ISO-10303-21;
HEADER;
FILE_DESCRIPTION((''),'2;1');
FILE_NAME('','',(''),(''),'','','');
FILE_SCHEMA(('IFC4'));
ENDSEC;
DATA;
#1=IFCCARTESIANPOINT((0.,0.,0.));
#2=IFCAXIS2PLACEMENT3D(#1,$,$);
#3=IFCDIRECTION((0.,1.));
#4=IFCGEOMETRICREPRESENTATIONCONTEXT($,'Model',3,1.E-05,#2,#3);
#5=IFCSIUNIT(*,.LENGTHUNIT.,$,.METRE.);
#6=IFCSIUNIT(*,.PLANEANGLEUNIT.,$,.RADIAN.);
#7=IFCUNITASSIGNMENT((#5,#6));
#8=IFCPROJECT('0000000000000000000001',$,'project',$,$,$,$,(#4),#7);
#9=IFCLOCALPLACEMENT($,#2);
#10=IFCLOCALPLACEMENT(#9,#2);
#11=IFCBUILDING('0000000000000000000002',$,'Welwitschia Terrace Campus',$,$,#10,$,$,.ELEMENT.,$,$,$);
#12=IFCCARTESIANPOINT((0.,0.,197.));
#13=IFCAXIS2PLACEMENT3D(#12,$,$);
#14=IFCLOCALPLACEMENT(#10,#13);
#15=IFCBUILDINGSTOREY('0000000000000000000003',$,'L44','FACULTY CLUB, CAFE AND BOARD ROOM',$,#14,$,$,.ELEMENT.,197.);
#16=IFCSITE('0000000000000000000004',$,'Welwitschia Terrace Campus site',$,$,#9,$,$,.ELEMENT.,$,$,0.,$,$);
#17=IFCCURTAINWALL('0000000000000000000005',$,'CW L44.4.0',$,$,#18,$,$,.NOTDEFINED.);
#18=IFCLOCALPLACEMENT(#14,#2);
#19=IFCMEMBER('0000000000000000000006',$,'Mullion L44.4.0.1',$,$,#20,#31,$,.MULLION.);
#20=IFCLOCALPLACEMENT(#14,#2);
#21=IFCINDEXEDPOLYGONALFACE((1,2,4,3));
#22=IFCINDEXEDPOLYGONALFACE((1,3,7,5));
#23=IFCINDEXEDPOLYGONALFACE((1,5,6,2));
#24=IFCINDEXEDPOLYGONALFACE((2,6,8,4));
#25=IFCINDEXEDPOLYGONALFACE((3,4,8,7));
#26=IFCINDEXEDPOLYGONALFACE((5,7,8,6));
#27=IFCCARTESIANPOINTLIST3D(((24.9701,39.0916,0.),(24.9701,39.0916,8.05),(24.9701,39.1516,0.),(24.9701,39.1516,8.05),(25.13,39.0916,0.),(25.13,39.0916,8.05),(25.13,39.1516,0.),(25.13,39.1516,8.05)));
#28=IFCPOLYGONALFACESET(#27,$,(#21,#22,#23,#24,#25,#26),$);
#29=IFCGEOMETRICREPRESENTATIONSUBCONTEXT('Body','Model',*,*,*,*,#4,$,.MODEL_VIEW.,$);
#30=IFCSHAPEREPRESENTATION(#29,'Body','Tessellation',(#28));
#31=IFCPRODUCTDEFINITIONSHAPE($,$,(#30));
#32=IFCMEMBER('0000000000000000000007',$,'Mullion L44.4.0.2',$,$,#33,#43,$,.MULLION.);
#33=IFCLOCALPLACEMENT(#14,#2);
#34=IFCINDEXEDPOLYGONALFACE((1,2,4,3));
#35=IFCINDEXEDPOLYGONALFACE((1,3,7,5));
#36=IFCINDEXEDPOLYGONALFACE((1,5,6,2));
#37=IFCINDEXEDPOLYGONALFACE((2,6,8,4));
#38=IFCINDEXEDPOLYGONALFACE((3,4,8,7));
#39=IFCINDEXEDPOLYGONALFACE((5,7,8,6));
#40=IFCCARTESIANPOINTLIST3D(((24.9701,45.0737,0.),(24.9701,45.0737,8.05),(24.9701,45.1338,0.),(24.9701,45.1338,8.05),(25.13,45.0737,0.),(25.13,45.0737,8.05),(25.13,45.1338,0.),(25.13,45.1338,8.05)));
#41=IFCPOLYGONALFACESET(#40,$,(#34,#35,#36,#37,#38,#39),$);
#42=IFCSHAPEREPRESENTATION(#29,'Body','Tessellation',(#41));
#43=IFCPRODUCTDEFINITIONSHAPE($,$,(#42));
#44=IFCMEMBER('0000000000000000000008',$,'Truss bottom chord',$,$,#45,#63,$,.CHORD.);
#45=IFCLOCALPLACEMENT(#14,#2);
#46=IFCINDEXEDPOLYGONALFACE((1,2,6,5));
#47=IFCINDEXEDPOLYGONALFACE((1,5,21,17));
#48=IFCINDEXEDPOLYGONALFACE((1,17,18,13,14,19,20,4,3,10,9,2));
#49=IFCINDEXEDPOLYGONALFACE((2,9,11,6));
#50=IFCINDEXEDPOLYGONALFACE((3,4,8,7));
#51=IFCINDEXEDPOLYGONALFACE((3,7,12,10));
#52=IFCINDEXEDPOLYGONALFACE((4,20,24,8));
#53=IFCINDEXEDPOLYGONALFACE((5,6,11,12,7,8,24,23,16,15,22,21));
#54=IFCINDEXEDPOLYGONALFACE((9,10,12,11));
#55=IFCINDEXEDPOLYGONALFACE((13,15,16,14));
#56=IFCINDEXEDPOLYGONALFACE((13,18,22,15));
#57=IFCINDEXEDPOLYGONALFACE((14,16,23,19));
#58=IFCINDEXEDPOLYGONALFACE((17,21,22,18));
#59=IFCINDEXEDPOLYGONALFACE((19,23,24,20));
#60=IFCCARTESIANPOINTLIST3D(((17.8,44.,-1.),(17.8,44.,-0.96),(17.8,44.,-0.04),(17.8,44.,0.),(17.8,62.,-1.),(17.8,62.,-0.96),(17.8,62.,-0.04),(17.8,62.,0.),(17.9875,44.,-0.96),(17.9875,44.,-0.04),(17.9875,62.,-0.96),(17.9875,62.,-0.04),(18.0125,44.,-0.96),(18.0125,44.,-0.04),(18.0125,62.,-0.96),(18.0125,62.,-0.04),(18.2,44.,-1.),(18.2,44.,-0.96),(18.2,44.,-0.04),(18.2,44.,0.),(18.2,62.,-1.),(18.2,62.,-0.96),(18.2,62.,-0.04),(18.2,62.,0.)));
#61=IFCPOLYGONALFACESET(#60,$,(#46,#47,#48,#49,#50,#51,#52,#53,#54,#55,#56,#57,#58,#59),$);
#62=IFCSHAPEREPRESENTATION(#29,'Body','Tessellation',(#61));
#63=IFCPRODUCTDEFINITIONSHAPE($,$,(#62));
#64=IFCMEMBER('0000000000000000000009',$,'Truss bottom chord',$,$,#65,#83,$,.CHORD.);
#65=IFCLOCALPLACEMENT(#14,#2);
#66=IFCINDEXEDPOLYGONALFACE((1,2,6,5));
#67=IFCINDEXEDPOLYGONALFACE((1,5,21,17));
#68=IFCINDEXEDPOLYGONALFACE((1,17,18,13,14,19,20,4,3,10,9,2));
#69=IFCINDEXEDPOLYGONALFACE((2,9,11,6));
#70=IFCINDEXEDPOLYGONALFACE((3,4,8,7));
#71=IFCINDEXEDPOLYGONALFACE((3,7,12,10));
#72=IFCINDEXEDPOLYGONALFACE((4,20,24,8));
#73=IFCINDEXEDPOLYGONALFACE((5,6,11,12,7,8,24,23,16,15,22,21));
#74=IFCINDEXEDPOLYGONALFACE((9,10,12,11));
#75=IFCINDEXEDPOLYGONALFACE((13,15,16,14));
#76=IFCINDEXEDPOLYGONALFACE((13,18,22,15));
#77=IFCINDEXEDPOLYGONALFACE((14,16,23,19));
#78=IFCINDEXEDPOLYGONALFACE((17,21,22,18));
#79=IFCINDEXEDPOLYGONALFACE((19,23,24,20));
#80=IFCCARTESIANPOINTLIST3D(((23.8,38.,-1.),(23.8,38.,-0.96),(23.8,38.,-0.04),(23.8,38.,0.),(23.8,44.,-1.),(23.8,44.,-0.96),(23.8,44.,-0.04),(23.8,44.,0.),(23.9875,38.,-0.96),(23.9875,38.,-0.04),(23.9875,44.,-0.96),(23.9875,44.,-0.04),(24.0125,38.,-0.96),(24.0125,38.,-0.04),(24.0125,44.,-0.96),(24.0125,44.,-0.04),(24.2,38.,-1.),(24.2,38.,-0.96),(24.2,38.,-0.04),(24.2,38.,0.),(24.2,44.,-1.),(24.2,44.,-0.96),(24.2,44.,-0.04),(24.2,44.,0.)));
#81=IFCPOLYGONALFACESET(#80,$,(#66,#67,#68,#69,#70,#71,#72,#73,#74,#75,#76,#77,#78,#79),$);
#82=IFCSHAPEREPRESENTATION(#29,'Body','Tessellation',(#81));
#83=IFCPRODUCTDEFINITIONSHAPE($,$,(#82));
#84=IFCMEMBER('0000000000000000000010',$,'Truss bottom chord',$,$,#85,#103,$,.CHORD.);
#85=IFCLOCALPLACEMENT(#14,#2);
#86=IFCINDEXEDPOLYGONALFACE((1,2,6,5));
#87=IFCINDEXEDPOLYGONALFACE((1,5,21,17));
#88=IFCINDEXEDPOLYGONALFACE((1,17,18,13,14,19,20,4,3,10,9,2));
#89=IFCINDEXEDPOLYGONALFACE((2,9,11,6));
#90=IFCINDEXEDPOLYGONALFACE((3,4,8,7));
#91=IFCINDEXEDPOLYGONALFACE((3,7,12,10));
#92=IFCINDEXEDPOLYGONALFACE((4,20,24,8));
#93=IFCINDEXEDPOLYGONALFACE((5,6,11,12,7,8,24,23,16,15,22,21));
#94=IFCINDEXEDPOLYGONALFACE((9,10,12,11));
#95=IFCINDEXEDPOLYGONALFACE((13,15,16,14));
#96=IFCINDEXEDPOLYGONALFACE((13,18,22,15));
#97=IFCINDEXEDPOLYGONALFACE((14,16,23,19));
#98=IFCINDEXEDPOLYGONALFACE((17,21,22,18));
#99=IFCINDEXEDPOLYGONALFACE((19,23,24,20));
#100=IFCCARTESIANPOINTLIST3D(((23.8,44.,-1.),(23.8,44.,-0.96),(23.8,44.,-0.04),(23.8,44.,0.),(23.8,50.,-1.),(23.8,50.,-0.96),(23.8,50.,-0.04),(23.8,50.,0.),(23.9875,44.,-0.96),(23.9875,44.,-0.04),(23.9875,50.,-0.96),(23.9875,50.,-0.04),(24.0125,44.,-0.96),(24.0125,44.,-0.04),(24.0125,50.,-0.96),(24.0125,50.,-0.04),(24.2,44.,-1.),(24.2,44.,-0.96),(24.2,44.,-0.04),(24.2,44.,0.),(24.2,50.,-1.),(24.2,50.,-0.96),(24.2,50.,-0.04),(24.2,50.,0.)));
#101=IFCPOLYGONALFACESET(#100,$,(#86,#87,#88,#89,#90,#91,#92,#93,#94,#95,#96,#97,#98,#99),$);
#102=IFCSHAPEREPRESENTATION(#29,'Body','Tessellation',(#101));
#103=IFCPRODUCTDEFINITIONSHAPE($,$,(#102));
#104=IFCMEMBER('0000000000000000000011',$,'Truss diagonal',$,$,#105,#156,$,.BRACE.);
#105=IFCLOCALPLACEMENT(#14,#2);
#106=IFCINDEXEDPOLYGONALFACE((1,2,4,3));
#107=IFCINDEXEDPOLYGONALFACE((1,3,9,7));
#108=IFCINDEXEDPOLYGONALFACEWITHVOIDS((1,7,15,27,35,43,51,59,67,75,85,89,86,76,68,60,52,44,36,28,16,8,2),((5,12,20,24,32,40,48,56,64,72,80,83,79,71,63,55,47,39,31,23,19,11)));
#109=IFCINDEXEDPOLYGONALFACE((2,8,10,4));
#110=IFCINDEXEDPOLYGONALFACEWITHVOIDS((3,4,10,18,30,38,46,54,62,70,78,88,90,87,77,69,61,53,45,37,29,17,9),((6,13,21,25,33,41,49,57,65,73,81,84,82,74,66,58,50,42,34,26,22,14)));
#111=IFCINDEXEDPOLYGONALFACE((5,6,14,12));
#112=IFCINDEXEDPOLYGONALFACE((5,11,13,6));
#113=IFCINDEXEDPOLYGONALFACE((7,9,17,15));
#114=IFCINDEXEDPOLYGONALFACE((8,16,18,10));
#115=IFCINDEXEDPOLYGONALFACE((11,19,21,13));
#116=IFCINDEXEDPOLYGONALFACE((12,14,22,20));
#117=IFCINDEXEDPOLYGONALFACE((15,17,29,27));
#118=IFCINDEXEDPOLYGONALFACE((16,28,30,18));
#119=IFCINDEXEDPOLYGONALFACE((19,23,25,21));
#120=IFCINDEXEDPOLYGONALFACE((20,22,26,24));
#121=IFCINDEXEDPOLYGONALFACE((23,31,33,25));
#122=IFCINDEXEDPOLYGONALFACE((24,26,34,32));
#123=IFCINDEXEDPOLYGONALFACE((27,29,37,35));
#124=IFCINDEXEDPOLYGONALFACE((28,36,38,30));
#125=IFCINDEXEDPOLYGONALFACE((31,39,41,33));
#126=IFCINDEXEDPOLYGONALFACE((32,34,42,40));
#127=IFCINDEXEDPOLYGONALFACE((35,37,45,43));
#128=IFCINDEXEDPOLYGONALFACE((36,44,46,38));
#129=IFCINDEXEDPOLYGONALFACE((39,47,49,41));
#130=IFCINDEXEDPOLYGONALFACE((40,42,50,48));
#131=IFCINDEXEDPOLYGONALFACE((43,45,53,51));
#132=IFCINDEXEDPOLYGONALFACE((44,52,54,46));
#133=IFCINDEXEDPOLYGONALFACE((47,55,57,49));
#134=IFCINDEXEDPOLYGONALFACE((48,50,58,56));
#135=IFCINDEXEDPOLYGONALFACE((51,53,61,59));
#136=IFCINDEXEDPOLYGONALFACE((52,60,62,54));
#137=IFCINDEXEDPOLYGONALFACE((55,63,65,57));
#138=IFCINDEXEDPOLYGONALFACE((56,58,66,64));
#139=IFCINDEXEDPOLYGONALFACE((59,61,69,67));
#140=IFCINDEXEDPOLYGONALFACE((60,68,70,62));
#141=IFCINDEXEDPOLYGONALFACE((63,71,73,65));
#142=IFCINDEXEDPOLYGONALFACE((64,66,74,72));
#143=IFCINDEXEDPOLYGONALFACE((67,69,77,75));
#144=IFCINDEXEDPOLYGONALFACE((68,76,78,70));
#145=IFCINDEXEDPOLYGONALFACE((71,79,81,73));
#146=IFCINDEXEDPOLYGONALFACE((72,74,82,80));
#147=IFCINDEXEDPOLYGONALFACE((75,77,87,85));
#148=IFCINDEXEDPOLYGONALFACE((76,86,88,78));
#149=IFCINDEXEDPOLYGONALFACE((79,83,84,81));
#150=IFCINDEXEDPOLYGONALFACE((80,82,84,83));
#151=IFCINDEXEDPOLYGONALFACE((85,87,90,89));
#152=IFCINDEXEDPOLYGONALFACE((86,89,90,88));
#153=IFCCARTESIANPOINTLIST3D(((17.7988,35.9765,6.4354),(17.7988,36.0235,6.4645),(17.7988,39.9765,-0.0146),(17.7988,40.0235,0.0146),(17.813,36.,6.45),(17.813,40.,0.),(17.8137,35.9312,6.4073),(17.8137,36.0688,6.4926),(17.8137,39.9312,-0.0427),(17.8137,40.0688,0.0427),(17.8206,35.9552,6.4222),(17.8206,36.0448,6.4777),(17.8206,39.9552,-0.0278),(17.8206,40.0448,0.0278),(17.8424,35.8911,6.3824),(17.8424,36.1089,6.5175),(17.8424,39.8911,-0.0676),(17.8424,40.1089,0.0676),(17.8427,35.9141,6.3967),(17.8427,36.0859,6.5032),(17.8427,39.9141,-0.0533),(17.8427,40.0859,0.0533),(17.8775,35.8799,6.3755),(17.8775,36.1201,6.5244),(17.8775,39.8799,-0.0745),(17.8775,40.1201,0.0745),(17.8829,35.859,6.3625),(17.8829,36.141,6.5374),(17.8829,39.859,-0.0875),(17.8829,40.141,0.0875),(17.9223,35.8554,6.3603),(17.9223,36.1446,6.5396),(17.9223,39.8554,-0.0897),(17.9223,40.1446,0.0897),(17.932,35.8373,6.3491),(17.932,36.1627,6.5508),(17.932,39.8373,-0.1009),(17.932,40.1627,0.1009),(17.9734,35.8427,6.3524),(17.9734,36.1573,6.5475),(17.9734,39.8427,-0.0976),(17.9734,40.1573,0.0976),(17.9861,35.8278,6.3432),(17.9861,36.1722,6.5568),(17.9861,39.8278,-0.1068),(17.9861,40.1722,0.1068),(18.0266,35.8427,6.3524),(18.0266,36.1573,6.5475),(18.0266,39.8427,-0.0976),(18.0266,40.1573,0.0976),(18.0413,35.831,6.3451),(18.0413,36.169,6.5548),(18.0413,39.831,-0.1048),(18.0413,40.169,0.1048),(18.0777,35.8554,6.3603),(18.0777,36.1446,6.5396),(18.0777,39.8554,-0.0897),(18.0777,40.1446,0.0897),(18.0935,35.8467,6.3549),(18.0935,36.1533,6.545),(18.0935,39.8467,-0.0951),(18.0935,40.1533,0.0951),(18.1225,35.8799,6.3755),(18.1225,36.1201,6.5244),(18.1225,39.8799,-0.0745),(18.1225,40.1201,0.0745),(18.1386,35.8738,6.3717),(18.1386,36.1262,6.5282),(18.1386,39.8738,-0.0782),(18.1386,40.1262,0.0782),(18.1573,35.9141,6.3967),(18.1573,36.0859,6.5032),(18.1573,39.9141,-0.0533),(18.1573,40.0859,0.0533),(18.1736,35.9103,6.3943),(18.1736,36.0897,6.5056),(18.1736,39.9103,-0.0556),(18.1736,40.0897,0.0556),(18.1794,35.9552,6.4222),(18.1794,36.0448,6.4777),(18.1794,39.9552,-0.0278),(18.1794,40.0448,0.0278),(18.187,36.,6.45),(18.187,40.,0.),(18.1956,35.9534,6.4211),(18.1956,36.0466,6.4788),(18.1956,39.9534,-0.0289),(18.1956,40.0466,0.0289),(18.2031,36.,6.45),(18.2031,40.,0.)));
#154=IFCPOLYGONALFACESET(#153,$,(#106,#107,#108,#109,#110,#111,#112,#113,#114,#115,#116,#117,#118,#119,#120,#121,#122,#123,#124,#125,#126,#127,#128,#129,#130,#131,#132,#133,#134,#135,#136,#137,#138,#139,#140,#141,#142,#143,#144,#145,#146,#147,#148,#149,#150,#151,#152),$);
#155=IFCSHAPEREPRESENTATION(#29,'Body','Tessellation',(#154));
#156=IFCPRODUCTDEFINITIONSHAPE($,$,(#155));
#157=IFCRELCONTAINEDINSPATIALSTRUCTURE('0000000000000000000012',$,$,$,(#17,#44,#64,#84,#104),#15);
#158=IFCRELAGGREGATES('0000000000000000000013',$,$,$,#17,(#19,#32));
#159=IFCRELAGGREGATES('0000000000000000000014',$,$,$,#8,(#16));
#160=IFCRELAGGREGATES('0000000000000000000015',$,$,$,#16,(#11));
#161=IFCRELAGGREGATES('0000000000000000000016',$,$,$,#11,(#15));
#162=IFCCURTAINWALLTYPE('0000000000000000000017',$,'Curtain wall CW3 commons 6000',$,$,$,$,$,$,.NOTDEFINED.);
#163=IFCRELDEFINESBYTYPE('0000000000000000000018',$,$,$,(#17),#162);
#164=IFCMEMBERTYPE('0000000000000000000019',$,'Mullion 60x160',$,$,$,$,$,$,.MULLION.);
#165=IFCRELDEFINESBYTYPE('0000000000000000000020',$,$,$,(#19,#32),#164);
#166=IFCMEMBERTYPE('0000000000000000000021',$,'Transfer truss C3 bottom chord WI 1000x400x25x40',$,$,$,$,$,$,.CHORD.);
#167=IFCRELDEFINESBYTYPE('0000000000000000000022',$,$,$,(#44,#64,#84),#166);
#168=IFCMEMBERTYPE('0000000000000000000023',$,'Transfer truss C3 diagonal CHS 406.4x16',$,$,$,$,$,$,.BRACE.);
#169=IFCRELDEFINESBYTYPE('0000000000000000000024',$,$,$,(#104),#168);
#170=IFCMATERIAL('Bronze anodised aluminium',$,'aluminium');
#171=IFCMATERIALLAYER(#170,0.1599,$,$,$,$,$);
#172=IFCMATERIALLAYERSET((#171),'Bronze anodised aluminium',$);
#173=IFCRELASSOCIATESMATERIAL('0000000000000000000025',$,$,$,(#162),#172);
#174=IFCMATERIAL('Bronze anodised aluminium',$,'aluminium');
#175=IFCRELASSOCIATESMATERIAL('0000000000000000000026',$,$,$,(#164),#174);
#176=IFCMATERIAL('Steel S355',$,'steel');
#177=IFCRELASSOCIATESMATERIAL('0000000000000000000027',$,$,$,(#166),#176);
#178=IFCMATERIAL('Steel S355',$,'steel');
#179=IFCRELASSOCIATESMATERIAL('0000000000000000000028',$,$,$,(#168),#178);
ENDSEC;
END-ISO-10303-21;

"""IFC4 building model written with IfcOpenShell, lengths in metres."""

from ifc_helpers import new_model, si_unit, direction, frame, origin, origin_2d, place, context, subcontext, project, spatial, rectangle, hollow_circle, i_section, extrude, material, layer, layer_set, material_profile, profile_set, type_object, element, aggregate, save


model = new_model("IFC4")

# Units and contexts
model_context = context("Model", 3, precision=1e-05, world=origin(), true_north=direction((0.0, 1.0)))
body_context = subcontext(model_context, "Body", "Model", "MODEL_VIEW")
ifc_project = project(units=[si_unit("LENGTHUNIT", "METRE"), si_unit("PLANEANGLEUNIT", "RADIAN")], contexts=[model_context])

# Site, building, storey
site_placement = place(None, origin())
site = spatial("IfcSite", under=ifc_project, at=site_placement, Name="Welwitschia Terrace Campus site", CompositionType="ELEMENT", RefElevation=0.0)
building_placement = place(site_placement, origin())
building = spatial("IfcBuilding", under=site, at=building_placement, Name="Welwitschia Terrace Campus", CompositionType="ELEMENT")
storey_placement = place(building_placement, frame((0.0, 0.0, 197.0)))
storey = spatial("IfcBuildingStorey", under=building, at=storey_placement, Name="L44", Description="FACULTY CLUB, CAFE AND BOARD ROOM", CompositionType="ELEMENT", Elevation=197.0)

# Curtain wall, members
ifc_material_1 = material(Name="Bronze anodised aluminium", Category="aluminium")
ifc_layer_1 = layer(ifc_material_1, 0.1599)
ifc_layer_set_1 = layer_set([ifc_layer_1], Name="Bronze anodised aluminium")
curtain_wall_type = type_object("IfcCurtainWallType", Name="Curtain wall CW3 commons 6000", PredefinedType="NOTDEFINED", material=ifc_layer_set_1)
curtain_wall_placement = place(storey_placement, origin())
curtain_wall = element("IfcCurtainWall", 1, at=curtain_wall_placement, inside=storey, type_object=curtain_wall_type, Name="CW L44.4.0", PredefinedType="NOTDEFINED")
ifc_material_2 = material(Name="Bronze anodised aluminium", Category="aluminium")
ifc_material_profile_1 = material_profile(ifc_material_2, rectangle(XDim=0.1599, YDim=0.0601, at=origin_2d()))
ifc_profile_set_1 = profile_set([ifc_material_profile_1], Name="Bronze anodised aluminium")
member_type_1 = type_object("IfcMemberType", Name="Mullion 60x160", PredefinedType="MULLION", material=ifc_profile_set_1)
member_1_placement = place(storey_placement, frame((25.05, 39.1216, 0.0), z_axis=(0.0, 0.0, 1.0), x_axis=(-1.0, 0.0, 0.0)))
member_1 = element("IfcMember", 2, at=member_1_placement, type_object=member_type_1, Name="Mullion L44.4.0.1", PredefinedType="MULLION", context=body_context, shape_type="SweptSolid", body=[
    extrude(rectangle(XDim=0.1599, YDim=0.0601, at=origin_2d()), origin(), (0.0, 0.0, 1.0), 8.05),
])
member_2_placement = place(storey_placement, frame((25.05, 45.1038, 0.0), z_axis=(0.0, 0.0, 1.0), x_axis=(-1.0, 0.0, 0.0)))
member_2 = element("IfcMember", 3, at=member_2_placement, type_object=member_type_1, Name="Mullion L44.4.0.2", PredefinedType="MULLION", context=body_context, shape_type="SweptSolid", body=[
    extrude(rectangle(XDim=0.1599, YDim=0.0601, at=origin_2d()), origin(), (0.0, 0.0, 1.0), 8.05),
])

# Members
ifc_material_3 = material(Name="Steel S355", Category="steel")
ifc_material_profile_2 = material_profile(ifc_material_3, i_section(OverallWidth=0.3999, OverallDepth=1.0, WebThickness=0.0249, FlangeThickness=0.04, at=origin_2d()))
ifc_profile_set_2 = profile_set([ifc_material_profile_2], Name="Steel S355")
member_type_2 = type_object("IfcMemberType", Name="Transfer truss C3 bottom chord WI 1000x400x25x40", PredefinedType="CHORD", material=ifc_profile_set_2)
member_3_placement = place(storey_placement, frame((18.0, 44.0, -0.5), z_axis=(0.0, 1.0, 0.0), x_axis=(-1.0, 0.0, 0.0)))
element("IfcMember", 4, at=member_3_placement, inside=storey, type_object=member_type_2, Name="Truss bottom chord", PredefinedType="CHORD", context=body_context, shape_type="SweptSolid", body=[
    extrude(i_section(OverallWidth=0.3999, OverallDepth=1.0, WebThickness=0.0249, FlangeThickness=0.04, at=origin_2d()), origin(), (0.0, 0.0, 1.0), 18.0),
])
for number, where, z_axis, x_axis, name in (
    (5, (24.0, 38.0, -0.5), (0.0, 1.0, 0.0), (-1.0, 0.0, 0.0), "Truss bottom chord"),
    (6, (24.0, 44.0, -0.5), (0.0, 1.0, 0.0), (-1.0, 0.0, 0.0), "Truss bottom chord"),
):
    element("IfcMember", number, at=place(storey_placement, frame(where, z_axis=z_axis, x_axis=x_axis)), inside=storey, type_object=member_type_2, Name=name, PredefinedType="CHORD", context=body_context, shape_type="SweptSolid", body=[
        extrude(i_section(OverallWidth=0.3999, OverallDepth=1.0, WebThickness=0.0249, FlangeThickness=0.04, at=origin_2d()), origin(), (0.0, 0.0, 1.0), 6.0),
    ])
ifc_material_4 = material(Name="Steel S355", Category="steel")
ifc_material_profile_3 = material_profile(ifc_material_4, hollow_circle(Radius=0.2031, WallThickness=0.0161, at=origin_2d()))
ifc_profile_set_3 = profile_set([ifc_material_profile_3], Name="Steel S355")
member_type_3 = type_object("IfcMemberType", Name="Transfer truss C3 diagonal CHS 406.4x16", PredefinedType="BRACE", material=ifc_profile_set_3)
for number, where, z_axis, x_axis, name in (
    (7, (18.0, 40.0, 0.0), (0.0, -0.527038, 0.849842), (1.0, 0.0, 0.0), "Truss diagonal"),
):
    element("IfcMember", number, at=place(storey_placement, frame(where, z_axis=z_axis, x_axis=x_axis)), inside=storey, type_object=member_type_3, Name=name, PredefinedType="BRACE", context=body_context, shape_type="SweptSolid", body=[
        extrude(hollow_circle(Radius=0.2031, WallThickness=0.0161, at=origin_2d()), origin(), (0.0, 0.0, 1.0), 7.5896),
    ])

aggregate(curtain_wall, [member_1, member_2])

save(model, "model.ifc")
